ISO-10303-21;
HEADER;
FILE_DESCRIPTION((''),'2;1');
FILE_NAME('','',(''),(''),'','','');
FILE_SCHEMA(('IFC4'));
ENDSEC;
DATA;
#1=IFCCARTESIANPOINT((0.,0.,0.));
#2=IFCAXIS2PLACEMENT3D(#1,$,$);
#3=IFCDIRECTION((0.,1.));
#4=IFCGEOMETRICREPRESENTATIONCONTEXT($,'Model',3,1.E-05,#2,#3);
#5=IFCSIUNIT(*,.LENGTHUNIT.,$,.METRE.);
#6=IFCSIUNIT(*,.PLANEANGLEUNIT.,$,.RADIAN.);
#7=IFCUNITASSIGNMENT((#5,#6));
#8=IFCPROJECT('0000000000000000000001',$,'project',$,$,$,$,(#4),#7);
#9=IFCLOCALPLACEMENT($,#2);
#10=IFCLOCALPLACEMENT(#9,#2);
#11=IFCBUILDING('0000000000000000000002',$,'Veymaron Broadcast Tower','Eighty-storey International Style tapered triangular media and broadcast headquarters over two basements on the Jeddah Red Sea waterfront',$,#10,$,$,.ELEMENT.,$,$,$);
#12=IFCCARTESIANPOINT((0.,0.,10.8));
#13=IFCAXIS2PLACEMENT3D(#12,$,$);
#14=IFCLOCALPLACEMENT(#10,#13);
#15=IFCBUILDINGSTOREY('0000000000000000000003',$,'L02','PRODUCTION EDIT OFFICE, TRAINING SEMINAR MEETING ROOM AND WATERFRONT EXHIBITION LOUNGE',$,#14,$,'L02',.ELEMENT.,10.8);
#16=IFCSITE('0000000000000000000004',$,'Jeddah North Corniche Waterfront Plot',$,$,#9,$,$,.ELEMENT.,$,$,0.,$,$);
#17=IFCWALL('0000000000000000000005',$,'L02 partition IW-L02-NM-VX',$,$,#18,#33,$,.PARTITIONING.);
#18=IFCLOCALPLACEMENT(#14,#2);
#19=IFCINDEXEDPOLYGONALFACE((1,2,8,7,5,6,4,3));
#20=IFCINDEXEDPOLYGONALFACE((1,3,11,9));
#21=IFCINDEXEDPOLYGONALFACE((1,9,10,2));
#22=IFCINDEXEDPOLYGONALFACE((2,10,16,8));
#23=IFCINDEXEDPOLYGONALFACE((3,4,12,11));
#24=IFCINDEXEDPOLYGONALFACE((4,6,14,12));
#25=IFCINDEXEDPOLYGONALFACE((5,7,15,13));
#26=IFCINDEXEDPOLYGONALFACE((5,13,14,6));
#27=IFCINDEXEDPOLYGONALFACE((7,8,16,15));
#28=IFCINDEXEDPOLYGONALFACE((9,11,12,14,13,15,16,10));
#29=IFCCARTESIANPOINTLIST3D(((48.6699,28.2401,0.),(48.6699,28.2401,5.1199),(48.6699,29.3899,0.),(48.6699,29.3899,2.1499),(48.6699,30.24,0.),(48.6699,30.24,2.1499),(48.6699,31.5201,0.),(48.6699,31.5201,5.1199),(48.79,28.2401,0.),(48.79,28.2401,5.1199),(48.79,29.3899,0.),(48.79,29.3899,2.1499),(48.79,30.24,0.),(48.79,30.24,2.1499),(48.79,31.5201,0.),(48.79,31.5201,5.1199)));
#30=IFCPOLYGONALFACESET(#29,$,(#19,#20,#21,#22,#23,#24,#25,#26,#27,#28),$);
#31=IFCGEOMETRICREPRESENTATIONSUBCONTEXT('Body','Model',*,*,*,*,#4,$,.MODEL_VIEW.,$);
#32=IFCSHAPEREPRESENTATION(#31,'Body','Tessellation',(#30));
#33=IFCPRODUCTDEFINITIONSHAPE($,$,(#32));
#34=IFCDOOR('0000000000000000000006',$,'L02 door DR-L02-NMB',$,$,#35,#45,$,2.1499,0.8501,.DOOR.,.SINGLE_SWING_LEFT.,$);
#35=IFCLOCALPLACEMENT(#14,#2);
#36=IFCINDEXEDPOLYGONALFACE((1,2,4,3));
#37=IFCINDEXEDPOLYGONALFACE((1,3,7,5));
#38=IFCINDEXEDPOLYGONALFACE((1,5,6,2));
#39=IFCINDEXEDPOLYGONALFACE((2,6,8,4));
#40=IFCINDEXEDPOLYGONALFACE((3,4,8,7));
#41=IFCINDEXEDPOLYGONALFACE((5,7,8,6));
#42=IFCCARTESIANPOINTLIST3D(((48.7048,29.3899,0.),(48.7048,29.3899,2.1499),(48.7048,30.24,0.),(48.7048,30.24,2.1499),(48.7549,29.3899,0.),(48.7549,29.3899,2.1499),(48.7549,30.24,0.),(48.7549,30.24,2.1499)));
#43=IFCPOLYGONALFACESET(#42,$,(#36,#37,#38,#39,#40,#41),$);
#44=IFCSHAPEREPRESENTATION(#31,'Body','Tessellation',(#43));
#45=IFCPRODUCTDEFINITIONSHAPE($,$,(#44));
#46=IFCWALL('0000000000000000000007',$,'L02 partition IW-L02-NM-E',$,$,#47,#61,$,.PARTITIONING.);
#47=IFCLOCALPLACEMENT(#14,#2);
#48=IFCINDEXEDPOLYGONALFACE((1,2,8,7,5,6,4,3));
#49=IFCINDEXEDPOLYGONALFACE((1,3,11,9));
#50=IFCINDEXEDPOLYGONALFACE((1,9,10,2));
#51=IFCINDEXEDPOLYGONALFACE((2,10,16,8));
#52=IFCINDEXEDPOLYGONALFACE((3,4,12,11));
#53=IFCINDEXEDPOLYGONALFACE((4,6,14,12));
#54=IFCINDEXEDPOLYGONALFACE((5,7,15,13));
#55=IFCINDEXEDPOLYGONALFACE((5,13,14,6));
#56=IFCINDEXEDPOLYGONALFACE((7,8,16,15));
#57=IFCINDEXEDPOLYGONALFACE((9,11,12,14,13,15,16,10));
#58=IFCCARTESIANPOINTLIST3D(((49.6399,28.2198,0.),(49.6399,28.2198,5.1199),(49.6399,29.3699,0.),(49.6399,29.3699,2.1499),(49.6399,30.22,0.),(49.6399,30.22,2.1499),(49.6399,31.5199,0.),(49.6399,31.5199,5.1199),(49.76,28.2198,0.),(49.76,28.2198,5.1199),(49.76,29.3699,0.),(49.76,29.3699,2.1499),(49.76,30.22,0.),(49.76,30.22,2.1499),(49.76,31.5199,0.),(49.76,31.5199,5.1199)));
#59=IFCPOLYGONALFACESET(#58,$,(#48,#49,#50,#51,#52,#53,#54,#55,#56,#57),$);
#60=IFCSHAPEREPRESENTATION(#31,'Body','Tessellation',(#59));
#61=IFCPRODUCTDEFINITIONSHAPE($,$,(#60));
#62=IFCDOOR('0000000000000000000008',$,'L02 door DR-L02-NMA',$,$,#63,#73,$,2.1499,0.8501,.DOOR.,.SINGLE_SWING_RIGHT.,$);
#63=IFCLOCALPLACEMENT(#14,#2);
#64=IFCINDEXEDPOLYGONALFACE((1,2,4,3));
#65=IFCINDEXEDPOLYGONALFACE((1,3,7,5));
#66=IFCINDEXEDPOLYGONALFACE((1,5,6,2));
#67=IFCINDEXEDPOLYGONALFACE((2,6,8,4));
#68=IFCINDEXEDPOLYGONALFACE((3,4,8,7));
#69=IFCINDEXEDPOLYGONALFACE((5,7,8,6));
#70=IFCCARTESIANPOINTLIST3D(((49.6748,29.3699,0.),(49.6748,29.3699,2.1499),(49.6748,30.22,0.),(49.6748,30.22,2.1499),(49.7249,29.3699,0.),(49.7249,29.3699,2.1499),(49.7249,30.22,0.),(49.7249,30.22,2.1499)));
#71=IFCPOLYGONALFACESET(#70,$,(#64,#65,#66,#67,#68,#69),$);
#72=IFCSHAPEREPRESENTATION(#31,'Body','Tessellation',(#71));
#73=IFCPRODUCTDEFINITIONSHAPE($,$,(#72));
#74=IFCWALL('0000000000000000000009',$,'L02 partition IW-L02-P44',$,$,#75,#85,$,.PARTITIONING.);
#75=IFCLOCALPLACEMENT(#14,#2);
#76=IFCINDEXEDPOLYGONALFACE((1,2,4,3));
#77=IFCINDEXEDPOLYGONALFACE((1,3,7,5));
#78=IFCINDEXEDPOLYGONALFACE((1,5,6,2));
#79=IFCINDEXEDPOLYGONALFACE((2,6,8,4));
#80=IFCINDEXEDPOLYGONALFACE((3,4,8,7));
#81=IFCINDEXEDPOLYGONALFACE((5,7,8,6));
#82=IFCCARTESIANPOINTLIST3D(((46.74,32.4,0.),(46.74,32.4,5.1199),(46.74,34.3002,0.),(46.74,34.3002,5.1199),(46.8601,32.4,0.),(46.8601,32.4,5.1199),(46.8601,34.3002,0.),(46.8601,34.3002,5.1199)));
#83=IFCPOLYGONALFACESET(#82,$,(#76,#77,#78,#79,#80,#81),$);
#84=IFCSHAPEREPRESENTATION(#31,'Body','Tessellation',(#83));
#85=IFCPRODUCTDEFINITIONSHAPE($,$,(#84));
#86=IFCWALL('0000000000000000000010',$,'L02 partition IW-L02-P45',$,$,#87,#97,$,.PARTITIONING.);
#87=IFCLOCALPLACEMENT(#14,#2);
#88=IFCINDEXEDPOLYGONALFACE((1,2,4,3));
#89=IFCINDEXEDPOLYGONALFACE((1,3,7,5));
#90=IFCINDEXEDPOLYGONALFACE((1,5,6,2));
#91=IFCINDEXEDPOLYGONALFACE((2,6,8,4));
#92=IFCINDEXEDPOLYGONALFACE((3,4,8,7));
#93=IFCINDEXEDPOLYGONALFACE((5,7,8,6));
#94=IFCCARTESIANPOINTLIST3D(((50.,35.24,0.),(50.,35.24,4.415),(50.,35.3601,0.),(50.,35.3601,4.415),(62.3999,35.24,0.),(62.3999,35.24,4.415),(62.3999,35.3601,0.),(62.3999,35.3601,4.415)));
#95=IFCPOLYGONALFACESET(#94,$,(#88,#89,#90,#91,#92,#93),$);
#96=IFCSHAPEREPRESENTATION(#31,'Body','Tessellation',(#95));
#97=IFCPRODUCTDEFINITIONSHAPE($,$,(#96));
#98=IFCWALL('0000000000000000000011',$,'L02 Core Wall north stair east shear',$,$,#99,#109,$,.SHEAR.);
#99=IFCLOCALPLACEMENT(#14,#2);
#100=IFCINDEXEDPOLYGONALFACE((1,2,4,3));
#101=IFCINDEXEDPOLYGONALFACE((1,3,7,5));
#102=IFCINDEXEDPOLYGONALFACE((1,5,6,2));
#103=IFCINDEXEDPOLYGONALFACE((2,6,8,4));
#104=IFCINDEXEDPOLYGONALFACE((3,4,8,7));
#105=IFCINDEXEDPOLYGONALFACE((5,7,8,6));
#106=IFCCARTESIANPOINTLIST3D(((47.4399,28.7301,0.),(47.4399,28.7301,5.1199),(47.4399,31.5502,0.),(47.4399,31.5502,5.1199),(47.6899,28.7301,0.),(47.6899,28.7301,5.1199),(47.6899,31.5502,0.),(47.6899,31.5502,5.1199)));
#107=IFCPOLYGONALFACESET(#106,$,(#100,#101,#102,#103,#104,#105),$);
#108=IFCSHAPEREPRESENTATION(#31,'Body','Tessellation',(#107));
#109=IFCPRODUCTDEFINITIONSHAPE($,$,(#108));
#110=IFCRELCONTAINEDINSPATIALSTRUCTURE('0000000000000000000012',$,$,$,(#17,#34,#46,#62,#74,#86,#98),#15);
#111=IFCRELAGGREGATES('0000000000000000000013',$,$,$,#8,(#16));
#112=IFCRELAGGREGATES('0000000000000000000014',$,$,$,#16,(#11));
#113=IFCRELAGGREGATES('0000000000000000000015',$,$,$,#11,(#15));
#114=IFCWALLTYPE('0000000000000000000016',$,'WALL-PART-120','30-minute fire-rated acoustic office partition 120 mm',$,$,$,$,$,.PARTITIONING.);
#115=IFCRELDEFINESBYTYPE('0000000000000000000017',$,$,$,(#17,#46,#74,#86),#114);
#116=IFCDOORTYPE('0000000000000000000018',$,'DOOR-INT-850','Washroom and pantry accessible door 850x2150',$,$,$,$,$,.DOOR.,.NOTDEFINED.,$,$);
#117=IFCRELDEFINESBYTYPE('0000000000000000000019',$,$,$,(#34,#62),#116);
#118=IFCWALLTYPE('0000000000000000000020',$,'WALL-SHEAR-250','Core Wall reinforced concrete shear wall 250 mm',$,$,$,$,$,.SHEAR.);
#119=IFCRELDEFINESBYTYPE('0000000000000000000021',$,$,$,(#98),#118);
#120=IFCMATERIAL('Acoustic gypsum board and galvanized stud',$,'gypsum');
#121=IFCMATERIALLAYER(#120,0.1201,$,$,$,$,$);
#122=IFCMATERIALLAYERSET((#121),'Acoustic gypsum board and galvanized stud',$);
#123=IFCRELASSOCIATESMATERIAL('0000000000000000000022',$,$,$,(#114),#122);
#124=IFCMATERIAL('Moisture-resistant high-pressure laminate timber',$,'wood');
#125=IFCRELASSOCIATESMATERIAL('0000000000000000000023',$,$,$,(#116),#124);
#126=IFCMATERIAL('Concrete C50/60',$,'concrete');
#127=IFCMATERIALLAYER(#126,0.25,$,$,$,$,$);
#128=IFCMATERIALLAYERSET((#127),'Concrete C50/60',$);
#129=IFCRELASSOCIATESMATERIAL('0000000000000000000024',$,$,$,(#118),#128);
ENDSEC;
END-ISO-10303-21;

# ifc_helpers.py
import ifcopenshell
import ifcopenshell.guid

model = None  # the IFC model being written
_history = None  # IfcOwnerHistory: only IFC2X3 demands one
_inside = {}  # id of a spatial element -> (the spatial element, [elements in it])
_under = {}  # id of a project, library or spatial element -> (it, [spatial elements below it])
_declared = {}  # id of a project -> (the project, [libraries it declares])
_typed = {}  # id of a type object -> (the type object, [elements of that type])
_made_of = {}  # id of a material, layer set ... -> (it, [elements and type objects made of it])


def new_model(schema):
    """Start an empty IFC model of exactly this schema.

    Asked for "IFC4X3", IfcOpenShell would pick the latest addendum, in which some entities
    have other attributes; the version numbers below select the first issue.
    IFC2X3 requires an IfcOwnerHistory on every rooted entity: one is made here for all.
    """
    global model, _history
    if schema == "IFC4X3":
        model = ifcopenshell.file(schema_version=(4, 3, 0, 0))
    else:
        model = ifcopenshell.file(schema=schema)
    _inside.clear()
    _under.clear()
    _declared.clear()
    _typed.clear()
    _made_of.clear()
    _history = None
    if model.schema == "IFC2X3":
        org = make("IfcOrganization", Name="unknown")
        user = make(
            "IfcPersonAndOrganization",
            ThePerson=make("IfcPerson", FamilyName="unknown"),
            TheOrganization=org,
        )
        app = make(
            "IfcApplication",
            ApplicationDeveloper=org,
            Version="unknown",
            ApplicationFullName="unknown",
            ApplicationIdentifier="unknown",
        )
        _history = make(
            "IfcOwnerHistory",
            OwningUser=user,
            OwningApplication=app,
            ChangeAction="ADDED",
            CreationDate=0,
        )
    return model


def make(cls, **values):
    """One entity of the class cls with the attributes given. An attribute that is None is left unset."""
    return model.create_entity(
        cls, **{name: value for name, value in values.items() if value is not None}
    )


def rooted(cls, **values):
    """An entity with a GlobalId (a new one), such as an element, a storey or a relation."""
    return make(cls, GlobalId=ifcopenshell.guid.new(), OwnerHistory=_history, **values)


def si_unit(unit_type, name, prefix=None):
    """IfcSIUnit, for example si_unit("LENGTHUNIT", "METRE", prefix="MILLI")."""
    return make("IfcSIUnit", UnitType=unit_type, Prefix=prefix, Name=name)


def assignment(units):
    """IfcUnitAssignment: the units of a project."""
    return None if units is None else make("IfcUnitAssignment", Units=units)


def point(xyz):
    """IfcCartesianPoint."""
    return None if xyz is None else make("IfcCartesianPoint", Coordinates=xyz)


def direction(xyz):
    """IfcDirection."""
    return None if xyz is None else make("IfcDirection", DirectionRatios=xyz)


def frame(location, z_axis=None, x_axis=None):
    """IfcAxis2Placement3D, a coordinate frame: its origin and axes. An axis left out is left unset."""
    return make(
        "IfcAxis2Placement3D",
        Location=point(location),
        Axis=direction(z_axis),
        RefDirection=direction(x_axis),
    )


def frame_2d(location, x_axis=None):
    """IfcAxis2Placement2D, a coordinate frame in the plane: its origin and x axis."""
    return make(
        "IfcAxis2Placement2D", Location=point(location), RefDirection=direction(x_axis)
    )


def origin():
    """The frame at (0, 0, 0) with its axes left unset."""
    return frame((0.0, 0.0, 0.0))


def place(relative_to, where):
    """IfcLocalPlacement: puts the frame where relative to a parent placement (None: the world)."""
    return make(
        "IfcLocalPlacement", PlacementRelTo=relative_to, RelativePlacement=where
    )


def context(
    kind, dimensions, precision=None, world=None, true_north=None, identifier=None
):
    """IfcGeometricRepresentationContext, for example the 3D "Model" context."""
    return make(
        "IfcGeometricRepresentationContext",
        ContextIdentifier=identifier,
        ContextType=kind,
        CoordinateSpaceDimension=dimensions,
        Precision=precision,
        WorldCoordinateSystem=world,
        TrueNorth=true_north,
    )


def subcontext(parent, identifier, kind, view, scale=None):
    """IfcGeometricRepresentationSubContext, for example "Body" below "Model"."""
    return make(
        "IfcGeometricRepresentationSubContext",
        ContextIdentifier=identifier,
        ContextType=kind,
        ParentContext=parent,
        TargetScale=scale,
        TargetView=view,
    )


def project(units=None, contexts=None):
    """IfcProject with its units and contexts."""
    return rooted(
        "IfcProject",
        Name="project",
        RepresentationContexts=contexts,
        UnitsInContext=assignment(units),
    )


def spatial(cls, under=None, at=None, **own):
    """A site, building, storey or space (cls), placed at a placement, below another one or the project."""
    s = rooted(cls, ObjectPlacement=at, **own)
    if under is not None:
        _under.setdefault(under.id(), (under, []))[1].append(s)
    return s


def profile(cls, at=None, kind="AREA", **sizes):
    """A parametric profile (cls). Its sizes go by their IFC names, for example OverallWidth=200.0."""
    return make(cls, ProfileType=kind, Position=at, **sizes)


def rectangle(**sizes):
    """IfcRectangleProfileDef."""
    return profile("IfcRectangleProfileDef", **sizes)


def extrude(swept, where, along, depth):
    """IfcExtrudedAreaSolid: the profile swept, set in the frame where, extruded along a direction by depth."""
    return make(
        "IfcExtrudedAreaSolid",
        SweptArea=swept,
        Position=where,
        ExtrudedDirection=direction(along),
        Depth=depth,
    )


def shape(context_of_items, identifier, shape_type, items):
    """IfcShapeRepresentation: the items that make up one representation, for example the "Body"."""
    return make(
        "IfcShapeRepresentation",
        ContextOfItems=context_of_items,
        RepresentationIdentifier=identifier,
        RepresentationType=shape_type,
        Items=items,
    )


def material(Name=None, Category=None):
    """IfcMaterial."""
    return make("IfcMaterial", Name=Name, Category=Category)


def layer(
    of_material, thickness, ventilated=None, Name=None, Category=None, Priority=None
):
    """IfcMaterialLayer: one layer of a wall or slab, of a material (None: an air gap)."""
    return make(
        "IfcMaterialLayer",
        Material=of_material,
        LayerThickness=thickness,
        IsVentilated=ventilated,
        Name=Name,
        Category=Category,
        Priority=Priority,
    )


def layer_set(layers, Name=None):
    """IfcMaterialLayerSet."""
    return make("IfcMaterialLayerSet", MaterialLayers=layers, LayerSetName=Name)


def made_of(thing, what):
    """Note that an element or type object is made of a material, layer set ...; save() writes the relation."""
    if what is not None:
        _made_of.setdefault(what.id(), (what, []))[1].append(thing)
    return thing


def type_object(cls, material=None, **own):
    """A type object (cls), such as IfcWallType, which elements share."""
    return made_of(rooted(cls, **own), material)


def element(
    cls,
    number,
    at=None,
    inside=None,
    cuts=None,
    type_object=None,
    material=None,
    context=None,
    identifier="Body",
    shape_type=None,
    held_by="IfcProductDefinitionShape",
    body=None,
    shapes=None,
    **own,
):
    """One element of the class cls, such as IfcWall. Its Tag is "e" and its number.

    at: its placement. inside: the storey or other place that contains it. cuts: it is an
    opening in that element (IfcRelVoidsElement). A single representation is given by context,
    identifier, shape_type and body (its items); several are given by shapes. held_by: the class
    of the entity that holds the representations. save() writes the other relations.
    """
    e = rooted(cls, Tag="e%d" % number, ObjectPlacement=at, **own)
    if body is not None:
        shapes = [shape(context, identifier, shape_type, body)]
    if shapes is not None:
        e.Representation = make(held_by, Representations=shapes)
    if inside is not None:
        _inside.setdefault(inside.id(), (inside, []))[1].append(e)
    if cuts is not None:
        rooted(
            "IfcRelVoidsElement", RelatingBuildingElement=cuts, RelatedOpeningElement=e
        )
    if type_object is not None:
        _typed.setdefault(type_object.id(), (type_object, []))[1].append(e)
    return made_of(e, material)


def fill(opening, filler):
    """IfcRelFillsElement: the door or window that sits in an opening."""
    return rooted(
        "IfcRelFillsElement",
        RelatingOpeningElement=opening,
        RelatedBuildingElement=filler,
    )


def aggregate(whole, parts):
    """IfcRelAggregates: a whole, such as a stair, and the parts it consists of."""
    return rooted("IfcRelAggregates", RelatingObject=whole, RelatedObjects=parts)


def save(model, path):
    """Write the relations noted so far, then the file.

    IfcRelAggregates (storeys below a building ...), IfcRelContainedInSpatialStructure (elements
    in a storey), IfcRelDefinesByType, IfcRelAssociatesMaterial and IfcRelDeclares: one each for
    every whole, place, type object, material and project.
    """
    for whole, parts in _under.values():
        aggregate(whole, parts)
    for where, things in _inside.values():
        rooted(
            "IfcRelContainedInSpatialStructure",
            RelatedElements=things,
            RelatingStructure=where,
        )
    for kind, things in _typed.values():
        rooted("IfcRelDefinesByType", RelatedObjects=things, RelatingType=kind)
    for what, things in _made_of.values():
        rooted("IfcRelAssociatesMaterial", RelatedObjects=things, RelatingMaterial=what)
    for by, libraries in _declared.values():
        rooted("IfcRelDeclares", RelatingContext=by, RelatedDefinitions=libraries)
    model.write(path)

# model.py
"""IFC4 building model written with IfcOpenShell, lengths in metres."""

from ifc_helpers import new_model, si_unit, direction, frame, frame_2d, origin, place, context, subcontext, project, spatial, rectangle, extrude, material, layer, layer_set, type_object, element, fill, save


model = new_model("IFC4")

# Units and contexts
model_context = context("Model", 3, precision=1e-05, world=origin(), true_north=direction((0.0, 1.0)))
body_context = subcontext(model_context, "Body", "Model", "MODEL_VIEW")
ifc_project = project(units=[si_unit("LENGTHUNIT", "METRE"), si_unit("PLANEANGLEUNIT", "RADIAN")], contexts=[model_context])

# Site, building, storey
site_placement = place(None, origin())
site = spatial("IfcSite", under=ifc_project, at=site_placement, Name="Jeddah North Corniche Waterfront Plot", CompositionType="ELEMENT", RefElevation=0.0)
building_placement = place(site_placement, origin())
building = spatial("IfcBuilding", under=site, at=building_placement, Name="Veymaron Broadcast Tower", Description="Eighty-storey International Style tapered triangular media and broadcast headquarters over two basements on the Jeddah Red Sea waterfront", CompositionType="ELEMENT")
storey_placement = place(building_placement, frame((0.0, 0.0, 10.8)))
storey = spatial("IfcBuildingStorey", under=building, at=storey_placement, Name="L02", Description="PRODUCTION EDIT OFFICE, TRAINING SEMINAR MEETING ROOM AND WATERFRONT EXHIBITION LOUNGE", LongName="L02", CompositionType="ELEMENT", Elevation=10.8)

# Walls, openings, doors
ifc_material_1 = material(Name="Acoustic gypsum board and galvanized stud", Category="gypsum")
ifc_layer_1 = layer(ifc_material_1, 0.1201)
ifc_layer_set_1 = layer_set([ifc_layer_1], Name="Acoustic gypsum board and galvanized stud")
wall_type_1 = type_object("IfcWallType", Name="WALL-PART-120", Description="30-minute fire-rated acoustic office partition 120 mm", PredefinedType="PARTITIONING", material=ifc_layer_set_1)
wall_1_placement = place(storey_placement, frame((48.73, 28.24, 0.0), z_axis=(0.0, 0.0, 1.0), x_axis=(0.0, 1.0, 0.0)))
wall_1 = element("IfcWall", 1, at=wall_1_placement, inside=storey, type_object=wall_type_1, Name="L02 partition IW-L02-NM-VX", PredefinedType="PARTITIONING", context=body_context, shape_type="SweptSolid", body=[
    extrude(rectangle(XDim=3.28, YDim=0.1201, at=frame_2d((1.6401, 0.0))), origin(), (0.0, 0.0, 1.0), 5.1199),
])
opening_1_placement = place(wall_1_placement, frame((1.1499, 0.0, 0.0)))
opening_1 = element("IfcOpeningElement", 2, at=opening_1_placement, cuts=wall_1, PredefinedType="OPENING", context=body_context, shape_type="SweptSolid", body=[
    extrude(rectangle(XDim=0.8501, YDim=2.1499, at=frame_2d((0.425, 1.075))), frame((0.0, 0.0701, 0.0), z_axis=(0.0, -1.0, 0.0), x_axis=(1.0, 0.0, 0.0)), (0.0, 0.0, 1.0), 0.1401),
])
ifc_material_2 = material(Name="Moisture-resistant high-pressure laminate timber", Category="wood")
door_type_1 = type_object("IfcDoorType", Name="DOOR-INT-850", Description="Washroom and pantry accessible door 850x2150", OperationType="NOTDEFINED", PredefinedType="DOOR", material=ifc_material_2)
door_1_placement = place(opening_1_placement, frame((0.8501, 0.0, 0.0), z_axis=(0.0, 0.0, 1.0), x_axis=(-1.0, 0.0, 0.0)))
door_1 = element("IfcDoor", 3, at=door_1_placement, inside=storey, type_object=door_type_1, Name="L02 door DR-L02-NMB", OperationType="SINGLE_SWING_LEFT", OverallHeight=2.1499, OverallWidth=0.8501, PredefinedType="DOOR", context=body_context, shape_type="SweptSolid", body=[
    extrude(rectangle(XDim=0.8501, YDim=2.1499, at=frame_2d((0.425, 1.075))), frame((0.0, 0.0249, 0.0), z_axis=(0.0, -1.0, 0.0), x_axis=(1.0, 0.0, 0.0)), (0.0, 0.0, 1.0), 0.05),
])
fill(opening_1, door_1)
wall_2_placement = place(storey_placement, frame((49.7, 28.22, 0.0), z_axis=(0.0, 0.0, 1.0), x_axis=(0.0, 1.0, 0.0)))
wall_2 = element("IfcWall", 4, at=wall_2_placement, inside=storey, type_object=wall_type_1, Name="L02 partition IW-L02-NM-E", PredefinedType="PARTITIONING", context=body_context, shape_type="SweptSolid", body=[
    extrude(rectangle(XDim=3.3, YDim=0.1201, at=frame_2d((1.6499, 0.0))), origin(), (0.0, 0.0, 1.0), 5.1199),
])
opening_2_placement = place(wall_2_placement, frame((1.1499, 0.0, 0.0)))
opening_2 = element("IfcOpeningElement", 5, at=opening_2_placement, cuts=wall_2, PredefinedType="OPENING", context=body_context, shape_type="SweptSolid", body=[
    extrude(rectangle(XDim=0.8501, YDim=2.1499, at=frame_2d((0.425, 1.075))), frame((0.0, 0.0701, 0.0), z_axis=(0.0, -1.0, 0.0), x_axis=(1.0, 0.0, 0.0)), (0.0, 0.0, 1.0), 0.1401),
])
door_2_placement = place(opening_2_placement, frame((0.8501, 0.0, 0.0), z_axis=(0.0, 0.0, 1.0), x_axis=(-1.0, 0.0, 0.0)))
door_2 = element("IfcDoor", 6, at=door_2_placement, inside=storey, type_object=door_type_1, Name="L02 door DR-L02-NMA", OperationType="SINGLE_SWING_RIGHT", OverallHeight=2.1499, OverallWidth=0.8501, PredefinedType="DOOR", context=body_context, shape_type="SweptSolid", body=[
    extrude(rectangle(XDim=0.8501, YDim=2.1499, at=frame_2d((0.425, 1.075))), frame((0.0, 0.0249, 0.0), z_axis=(0.0, -1.0, 0.0), x_axis=(1.0, 0.0, 0.0)), (0.0, 0.0, 1.0), 0.05),
])
fill(opening_2, door_2)

# Walls
wall_3_placement = place(storey_placement, frame((46.8, 32.3999, 0.0), z_axis=(0.0, 0.0, 1.0), x_axis=(0.0, 1.0, 0.0)))
element("IfcWall", 7, at=wall_3_placement, inside=storey, type_object=wall_type_1, Name="L02 partition IW-L02-P44", PredefinedType="PARTITIONING", context=body_context, shape_type="SweptSolid", body=[
    extrude(rectangle(XDim=1.9001, YDim=0.1201, at=frame_2d((0.9502, 0.0))), origin(), (0.0, 0.0, 1.0), 5.1199),
])
wall_4_placement = place(storey_placement, frame((50.0, 35.3, 0.0), z_axis=(0.0, 0.0, 1.0), x_axis=(1.0, 0.0, 0.0)))
element("IfcWall", 8, at=wall_4_placement, inside=storey, type_object=wall_type_1, Name="L02 partition IW-L02-P45", PredefinedType="PARTITIONING", context=body_context, shape_type="SweptSolid", body=[
    extrude(rectangle(XDim=12.3999, YDim=0.1201, at=frame_2d((6.2, 0.0))), origin(), (0.0, 0.0, 1.0), 4.415),
])
ifc_material_3 = material(Name="Concrete C50/60", Category="concrete")
ifc_layer_2 = layer(ifc_material_3, 0.25)
ifc_layer_set_2 = layer_set([ifc_layer_2], Name="Concrete C50/60")
wall_type_2 = type_object("IfcWallType", Name="WALL-SHEAR-250", Description="Core Wall reinforced concrete shear wall 250 mm", PredefinedType="SHEAR", material=ifc_layer_set_2)
wall_5_placement = place(storey_placement, frame((47.5649, 28.73, 0.0), z_axis=(0.0, 0.0, 1.0), x_axis=(0.0, 1.0, 0.0)))
element("IfcWall", 9, at=wall_5_placement, inside=storey, type_object=wall_type_2, Name="L02 Core Wall north stair east shear", PredefinedType="SHEAR", context=body_context, shape_type="SweptSolid", body=[
    extrude(rectangle(XDim=2.8201, YDim=0.25, at=frame_2d((1.4102, 0.0))), origin(), (0.0, 0.0, 1.0), 5.1199),
])

save(model, "model.ifc")
